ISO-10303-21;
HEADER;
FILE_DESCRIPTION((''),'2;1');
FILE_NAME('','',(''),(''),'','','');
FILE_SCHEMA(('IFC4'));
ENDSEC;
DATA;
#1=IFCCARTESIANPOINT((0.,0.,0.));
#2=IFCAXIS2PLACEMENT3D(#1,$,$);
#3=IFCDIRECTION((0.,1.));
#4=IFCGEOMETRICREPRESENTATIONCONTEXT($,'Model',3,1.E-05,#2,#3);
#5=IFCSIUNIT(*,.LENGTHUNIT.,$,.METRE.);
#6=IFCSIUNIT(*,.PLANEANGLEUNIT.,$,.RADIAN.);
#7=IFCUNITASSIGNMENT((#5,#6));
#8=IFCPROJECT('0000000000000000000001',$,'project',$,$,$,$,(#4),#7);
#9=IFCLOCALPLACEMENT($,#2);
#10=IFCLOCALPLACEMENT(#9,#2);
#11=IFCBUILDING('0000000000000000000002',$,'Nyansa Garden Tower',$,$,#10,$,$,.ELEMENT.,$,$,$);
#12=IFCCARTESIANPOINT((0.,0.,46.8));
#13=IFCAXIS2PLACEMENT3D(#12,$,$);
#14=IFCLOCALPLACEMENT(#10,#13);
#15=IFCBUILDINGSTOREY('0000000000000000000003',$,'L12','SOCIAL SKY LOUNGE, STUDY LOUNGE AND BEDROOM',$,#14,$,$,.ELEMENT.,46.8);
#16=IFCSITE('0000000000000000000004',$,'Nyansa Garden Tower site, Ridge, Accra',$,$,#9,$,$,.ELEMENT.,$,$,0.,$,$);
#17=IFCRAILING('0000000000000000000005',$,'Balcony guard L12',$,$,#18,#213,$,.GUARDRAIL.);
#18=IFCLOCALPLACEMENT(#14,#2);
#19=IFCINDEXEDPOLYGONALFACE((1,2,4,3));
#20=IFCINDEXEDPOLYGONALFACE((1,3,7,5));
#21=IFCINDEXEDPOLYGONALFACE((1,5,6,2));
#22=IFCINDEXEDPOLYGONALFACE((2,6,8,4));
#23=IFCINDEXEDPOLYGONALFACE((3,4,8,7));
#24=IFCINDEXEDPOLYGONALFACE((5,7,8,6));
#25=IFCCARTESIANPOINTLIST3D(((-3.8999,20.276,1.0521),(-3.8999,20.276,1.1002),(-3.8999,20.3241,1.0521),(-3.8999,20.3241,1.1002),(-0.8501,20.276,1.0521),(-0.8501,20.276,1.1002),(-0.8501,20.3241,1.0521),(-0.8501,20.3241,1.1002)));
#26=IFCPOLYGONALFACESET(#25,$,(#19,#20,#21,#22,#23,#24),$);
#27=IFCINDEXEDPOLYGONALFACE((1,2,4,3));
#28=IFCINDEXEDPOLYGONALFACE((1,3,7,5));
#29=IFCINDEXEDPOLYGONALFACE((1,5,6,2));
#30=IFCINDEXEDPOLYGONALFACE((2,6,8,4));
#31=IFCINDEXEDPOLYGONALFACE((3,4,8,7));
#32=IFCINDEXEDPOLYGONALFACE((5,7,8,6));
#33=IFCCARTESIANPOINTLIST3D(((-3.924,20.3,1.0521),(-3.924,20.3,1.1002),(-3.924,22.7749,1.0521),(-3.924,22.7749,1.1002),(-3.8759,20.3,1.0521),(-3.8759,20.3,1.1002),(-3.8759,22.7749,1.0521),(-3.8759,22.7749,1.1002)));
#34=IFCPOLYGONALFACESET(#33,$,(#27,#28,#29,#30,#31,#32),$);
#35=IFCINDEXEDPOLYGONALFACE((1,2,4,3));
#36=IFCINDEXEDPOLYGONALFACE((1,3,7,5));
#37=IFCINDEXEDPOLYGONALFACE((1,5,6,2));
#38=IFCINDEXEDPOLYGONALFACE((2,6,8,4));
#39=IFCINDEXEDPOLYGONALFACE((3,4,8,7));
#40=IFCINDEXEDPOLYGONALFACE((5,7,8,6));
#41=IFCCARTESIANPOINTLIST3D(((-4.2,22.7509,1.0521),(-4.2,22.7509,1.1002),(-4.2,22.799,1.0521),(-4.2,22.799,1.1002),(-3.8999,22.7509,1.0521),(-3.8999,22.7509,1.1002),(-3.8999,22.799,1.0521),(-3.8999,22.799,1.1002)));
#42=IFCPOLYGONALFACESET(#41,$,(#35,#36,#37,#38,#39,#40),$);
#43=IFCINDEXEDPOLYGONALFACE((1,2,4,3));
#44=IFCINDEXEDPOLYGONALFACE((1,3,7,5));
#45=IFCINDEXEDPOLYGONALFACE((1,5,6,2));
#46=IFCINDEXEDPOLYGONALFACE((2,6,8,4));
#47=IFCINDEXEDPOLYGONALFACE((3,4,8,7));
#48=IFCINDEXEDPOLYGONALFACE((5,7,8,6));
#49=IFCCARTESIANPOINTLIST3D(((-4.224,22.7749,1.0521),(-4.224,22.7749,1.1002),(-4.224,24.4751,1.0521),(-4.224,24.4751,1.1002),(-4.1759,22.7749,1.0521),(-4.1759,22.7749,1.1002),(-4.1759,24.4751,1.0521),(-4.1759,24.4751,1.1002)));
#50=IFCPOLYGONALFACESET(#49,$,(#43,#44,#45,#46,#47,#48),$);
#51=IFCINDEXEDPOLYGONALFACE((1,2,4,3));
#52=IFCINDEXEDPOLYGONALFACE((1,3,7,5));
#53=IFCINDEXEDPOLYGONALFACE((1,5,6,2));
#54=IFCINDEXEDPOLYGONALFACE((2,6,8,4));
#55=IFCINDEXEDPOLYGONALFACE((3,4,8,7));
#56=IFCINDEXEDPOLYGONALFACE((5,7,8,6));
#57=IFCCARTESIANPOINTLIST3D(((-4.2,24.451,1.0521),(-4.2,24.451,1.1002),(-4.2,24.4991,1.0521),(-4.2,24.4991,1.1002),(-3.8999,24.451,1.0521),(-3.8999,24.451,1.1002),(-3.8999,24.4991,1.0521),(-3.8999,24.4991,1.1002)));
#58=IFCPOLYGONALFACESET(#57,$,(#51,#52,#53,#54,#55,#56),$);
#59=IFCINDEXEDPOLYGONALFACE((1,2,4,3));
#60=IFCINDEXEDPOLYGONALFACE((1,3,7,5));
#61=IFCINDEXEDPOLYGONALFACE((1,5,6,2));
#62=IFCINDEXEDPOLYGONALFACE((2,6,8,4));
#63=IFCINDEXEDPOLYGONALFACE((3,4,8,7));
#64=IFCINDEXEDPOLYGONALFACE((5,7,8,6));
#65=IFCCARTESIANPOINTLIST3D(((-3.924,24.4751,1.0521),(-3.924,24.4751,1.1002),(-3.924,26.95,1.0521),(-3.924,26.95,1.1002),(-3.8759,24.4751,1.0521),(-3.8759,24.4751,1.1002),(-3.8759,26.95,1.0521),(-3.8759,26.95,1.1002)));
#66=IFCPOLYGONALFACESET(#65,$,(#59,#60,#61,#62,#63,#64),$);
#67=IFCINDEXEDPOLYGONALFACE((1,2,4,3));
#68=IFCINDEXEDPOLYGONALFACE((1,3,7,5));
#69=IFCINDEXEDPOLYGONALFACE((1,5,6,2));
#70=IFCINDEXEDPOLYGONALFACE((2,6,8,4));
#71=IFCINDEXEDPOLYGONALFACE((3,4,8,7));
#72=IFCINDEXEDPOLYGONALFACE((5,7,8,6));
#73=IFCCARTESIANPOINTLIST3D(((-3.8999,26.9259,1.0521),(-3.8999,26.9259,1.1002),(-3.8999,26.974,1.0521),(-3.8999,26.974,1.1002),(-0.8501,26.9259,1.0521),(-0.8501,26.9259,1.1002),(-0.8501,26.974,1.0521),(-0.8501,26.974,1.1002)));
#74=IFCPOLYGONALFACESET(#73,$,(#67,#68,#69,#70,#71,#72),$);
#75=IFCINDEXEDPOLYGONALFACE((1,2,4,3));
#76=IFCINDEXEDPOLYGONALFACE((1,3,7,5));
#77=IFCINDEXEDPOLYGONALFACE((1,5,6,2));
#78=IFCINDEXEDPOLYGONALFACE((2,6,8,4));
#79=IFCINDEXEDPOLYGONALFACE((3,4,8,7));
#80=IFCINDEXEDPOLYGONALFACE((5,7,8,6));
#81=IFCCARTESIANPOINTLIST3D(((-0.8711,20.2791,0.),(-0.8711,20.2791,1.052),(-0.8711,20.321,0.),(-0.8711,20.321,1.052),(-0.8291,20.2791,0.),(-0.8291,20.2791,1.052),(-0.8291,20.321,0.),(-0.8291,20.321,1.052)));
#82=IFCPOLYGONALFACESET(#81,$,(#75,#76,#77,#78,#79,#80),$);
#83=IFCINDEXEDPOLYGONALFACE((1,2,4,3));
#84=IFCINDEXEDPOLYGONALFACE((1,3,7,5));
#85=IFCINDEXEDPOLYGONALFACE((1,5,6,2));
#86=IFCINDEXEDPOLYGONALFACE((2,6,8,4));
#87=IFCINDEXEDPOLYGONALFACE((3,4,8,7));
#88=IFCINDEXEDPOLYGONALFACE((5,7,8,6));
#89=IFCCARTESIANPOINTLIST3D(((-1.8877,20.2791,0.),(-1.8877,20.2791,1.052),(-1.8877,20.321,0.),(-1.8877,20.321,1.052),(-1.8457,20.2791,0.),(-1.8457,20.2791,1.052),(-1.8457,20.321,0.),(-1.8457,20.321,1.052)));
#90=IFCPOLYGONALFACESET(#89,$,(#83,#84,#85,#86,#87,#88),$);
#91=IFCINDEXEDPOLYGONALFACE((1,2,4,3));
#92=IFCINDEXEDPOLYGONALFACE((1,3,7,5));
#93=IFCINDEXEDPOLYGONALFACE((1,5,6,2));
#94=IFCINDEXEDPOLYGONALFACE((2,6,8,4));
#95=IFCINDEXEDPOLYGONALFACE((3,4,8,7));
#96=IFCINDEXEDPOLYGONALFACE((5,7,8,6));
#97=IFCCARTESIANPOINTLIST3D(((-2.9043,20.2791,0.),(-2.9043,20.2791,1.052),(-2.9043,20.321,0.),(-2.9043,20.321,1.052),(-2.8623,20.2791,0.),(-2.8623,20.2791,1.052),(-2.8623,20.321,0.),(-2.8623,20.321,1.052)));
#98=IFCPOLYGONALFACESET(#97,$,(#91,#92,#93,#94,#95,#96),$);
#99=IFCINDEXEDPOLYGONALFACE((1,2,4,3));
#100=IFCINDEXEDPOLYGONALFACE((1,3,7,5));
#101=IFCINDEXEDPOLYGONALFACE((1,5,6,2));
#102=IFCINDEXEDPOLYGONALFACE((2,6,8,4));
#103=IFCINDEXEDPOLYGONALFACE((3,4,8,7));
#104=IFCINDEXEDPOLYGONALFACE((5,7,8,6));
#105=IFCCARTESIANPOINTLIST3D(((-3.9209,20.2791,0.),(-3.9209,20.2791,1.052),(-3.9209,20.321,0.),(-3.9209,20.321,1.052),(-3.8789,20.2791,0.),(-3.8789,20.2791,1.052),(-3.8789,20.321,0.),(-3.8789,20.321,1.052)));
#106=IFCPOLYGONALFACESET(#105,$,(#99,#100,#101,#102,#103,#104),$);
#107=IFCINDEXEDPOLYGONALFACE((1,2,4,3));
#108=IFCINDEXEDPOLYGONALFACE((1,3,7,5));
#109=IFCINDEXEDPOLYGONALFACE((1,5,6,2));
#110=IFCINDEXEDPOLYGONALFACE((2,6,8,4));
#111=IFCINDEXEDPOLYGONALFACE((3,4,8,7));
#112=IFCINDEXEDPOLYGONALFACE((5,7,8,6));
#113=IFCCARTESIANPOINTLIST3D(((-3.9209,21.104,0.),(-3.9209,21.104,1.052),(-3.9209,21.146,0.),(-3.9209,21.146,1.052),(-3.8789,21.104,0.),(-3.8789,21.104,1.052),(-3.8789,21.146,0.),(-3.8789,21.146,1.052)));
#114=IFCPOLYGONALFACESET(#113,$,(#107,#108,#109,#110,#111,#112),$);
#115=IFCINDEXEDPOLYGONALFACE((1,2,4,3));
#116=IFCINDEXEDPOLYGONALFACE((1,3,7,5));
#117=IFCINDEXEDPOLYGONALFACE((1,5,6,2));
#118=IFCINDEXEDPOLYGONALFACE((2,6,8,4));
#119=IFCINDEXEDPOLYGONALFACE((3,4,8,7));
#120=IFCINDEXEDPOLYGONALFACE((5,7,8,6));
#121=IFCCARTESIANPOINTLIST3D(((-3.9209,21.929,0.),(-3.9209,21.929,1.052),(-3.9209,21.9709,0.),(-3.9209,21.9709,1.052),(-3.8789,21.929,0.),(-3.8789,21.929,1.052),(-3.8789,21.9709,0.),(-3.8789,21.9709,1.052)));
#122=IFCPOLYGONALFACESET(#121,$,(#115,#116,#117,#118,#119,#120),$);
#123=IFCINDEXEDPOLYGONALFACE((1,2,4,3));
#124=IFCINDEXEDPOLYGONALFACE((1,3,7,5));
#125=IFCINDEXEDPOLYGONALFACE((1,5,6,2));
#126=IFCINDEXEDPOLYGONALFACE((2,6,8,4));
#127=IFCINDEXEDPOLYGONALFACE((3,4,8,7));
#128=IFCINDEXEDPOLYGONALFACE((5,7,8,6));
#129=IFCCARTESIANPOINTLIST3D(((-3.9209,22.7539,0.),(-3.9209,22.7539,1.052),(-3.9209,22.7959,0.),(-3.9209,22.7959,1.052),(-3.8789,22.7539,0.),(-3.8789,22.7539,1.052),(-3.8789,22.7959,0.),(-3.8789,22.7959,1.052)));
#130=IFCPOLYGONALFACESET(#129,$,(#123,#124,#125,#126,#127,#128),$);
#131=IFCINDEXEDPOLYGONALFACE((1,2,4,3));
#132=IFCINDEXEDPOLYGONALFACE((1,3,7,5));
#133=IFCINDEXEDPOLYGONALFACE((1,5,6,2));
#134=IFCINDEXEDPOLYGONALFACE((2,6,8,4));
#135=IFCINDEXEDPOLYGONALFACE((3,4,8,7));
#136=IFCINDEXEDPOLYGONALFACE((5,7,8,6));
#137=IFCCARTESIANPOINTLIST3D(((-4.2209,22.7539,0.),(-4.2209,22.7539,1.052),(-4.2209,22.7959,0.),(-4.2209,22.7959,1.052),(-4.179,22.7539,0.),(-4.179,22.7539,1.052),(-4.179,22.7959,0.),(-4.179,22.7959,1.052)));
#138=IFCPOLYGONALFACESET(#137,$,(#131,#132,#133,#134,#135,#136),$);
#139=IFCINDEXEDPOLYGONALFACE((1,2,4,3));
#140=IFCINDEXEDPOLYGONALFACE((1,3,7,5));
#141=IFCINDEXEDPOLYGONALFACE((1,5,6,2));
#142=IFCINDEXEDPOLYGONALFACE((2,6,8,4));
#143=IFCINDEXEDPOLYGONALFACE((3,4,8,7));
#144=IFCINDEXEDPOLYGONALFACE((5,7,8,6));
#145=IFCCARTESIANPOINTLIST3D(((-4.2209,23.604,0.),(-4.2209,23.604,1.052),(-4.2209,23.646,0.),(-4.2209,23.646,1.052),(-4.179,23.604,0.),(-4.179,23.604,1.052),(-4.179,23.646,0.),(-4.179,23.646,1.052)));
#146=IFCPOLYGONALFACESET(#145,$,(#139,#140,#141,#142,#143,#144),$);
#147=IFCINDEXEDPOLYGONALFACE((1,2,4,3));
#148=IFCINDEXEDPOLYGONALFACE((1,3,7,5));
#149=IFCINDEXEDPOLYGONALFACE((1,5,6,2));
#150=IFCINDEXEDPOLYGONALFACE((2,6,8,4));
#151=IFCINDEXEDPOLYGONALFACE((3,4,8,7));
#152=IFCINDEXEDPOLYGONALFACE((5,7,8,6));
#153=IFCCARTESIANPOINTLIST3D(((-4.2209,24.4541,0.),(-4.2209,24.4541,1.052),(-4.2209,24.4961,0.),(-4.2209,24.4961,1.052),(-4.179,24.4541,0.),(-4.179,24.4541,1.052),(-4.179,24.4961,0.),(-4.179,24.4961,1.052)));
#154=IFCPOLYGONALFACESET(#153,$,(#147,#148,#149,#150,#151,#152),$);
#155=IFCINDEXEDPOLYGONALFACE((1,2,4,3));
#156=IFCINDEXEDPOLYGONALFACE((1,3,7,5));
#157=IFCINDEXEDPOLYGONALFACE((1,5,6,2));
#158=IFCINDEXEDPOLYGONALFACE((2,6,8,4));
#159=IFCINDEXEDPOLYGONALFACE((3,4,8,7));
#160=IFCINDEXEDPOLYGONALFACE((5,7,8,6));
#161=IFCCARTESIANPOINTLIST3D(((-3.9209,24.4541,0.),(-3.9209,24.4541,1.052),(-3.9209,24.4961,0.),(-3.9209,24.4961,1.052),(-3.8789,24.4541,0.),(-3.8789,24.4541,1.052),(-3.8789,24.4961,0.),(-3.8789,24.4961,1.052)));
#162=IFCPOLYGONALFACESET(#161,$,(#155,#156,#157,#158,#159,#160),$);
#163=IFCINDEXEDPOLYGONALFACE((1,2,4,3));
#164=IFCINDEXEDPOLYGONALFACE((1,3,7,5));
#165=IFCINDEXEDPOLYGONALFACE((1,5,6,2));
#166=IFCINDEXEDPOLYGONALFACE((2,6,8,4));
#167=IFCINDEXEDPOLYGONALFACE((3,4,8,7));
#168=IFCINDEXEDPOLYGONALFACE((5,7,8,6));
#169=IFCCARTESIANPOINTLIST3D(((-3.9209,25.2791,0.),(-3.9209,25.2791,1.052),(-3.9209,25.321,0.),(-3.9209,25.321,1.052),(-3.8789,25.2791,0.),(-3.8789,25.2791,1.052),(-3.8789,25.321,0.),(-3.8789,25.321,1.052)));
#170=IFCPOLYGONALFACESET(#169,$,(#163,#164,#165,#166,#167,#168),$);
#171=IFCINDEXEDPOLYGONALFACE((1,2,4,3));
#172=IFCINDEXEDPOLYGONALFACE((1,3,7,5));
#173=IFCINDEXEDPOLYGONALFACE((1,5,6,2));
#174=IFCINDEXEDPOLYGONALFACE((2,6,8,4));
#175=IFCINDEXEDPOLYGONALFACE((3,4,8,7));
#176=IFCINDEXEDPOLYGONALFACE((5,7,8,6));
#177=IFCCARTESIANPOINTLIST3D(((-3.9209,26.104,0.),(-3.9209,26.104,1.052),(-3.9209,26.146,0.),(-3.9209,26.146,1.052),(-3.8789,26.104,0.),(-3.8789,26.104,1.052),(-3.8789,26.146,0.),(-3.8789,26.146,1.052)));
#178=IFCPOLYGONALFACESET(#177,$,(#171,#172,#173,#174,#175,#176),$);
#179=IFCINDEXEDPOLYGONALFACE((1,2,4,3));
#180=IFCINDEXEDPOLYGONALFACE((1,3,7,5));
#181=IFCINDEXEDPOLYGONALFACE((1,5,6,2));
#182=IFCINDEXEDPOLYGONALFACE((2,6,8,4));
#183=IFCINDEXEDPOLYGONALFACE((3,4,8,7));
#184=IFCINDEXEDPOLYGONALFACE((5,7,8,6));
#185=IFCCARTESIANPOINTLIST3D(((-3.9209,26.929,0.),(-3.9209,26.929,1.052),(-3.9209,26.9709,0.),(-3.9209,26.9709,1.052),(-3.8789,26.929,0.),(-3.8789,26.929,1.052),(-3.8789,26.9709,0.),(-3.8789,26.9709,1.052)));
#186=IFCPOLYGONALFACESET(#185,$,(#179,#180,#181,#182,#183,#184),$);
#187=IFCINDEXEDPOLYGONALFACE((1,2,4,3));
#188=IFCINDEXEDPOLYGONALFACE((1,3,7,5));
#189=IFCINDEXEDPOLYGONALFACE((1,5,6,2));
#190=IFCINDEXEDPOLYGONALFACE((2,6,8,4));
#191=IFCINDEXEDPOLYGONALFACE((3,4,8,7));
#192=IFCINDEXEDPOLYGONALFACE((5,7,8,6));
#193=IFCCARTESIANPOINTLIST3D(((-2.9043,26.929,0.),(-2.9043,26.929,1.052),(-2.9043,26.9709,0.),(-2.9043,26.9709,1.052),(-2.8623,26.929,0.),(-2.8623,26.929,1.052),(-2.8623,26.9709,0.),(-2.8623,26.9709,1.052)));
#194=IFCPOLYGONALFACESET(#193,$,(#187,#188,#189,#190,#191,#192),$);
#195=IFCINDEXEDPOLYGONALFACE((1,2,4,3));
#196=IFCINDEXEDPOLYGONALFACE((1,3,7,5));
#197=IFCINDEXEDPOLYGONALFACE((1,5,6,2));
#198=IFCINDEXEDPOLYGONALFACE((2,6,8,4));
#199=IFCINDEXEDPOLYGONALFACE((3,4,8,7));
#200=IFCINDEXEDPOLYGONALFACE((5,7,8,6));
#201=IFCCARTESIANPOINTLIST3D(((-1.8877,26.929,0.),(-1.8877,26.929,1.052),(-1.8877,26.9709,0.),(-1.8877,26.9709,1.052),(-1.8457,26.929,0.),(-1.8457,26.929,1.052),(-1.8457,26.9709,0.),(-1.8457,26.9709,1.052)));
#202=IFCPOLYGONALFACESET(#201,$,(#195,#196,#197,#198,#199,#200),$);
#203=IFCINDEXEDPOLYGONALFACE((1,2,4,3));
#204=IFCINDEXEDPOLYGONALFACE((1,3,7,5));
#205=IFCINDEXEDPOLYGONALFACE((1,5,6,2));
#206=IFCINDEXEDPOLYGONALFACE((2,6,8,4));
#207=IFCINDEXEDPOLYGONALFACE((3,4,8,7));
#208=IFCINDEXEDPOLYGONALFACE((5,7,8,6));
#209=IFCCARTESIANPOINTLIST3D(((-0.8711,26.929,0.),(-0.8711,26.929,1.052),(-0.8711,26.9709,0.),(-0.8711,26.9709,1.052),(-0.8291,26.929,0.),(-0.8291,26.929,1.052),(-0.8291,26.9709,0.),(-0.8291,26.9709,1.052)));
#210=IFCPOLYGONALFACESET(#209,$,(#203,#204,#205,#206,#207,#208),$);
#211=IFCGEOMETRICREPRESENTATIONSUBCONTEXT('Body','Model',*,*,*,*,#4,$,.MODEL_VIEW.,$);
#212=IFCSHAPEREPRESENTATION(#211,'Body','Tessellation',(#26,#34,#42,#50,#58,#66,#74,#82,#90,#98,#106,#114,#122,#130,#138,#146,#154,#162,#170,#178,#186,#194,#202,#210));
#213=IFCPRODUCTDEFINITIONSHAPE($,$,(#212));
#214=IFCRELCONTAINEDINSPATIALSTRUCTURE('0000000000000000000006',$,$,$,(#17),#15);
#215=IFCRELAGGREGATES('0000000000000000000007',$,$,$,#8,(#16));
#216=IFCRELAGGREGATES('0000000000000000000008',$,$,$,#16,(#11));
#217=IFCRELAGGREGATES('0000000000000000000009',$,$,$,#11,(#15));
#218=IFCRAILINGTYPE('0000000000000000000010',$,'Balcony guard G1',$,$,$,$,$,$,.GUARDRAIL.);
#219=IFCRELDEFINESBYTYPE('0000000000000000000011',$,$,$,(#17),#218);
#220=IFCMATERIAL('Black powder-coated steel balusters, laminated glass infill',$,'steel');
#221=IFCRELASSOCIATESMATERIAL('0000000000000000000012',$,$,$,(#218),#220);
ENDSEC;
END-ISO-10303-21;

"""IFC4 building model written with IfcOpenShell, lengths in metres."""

from ifc_helpers import new_model, si_unit, direction, frame, origin, origin_2d, place, context, subcontext, project, spatial, rectangle, extrude, material, type_object, element, save


model = new_model("IFC4")

# Units and contexts
model_context = context("Model", 3, precision=1e-05, world=origin(), true_north=direction((0.0, 1.0)))
body_context = subcontext(model_context, "Body", "Model", "MODEL_VIEW")
ifc_project = project(units=[si_unit("LENGTHUNIT", "METRE"), si_unit("PLANEANGLEUNIT", "RADIAN")], contexts=[model_context])

# Site, building, storey
site_placement = place(None, origin())
site = spatial("IfcSite", under=ifc_project, at=site_placement, Name="Nyansa Garden Tower site, Ridge, Accra", CompositionType="ELEMENT", RefElevation=0.0)
building_placement = place(site_placement, origin())
building = spatial("IfcBuilding", under=site, at=building_placement, Name="Nyansa Garden Tower", CompositionType="ELEMENT")
storey_placement = place(building_placement, frame((0.0, 0.0, 46.8)))
storey = spatial("IfcBuildingStorey", under=building, at=storey_placement, Name="L12", Description="SOCIAL SKY LOUNGE, STUDY LOUNGE AND BEDROOM", CompositionType="ELEMENT", Elevation=46.8)

# Railing
ifc_material_1 = material(Name="Black powder-coated steel balusters, laminated glass infill", Category="steel")
railing_type = type_object("IfcRailingType", Name="Balcony guard G1", PredefinedType="GUARDRAIL", material=ifc_material_1)
railing_1_placement = place(storey_placement, frame((-0.8501, 20.3, 0.0)))
element("IfcRailing", 1, at=railing_1_placement, inside=storey, type_object=railing_type, Name="Balcony guard L12", PredefinedType="GUARDRAIL", context=body_context, shape_type="SweptSolid", body=[
    extrude(rectangle(XDim=0.0481, YDim=0.0481, at=origin_2d()), frame((0.0, 0.0, 1.0762), z_axis=(-1.0, 0.0, 0.0), x_axis=(0.0, -1.0, 0.0)), (0.0, 0.0, 1.0), 3.0498),
    extrude(rectangle(XDim=0.0481, YDim=0.0481, at=origin_2d()), frame((-3.0498, 0.0, 1.0762), z_axis=(0.0, 1.0, 0.0), x_axis=(-1.0, 0.0, 0.0)), (0.0, 0.0, 1.0), 2.4749),
    extrude(rectangle(XDim=0.0481, YDim=0.0481, at=origin_2d()), frame((-3.0498, 2.4749, 1.0762), z_axis=(-1.0, 0.0, 0.0), x_axis=(0.0, -1.0, 0.0)), (0.0, 0.0, 1.0), 0.3),
    extrude(rectangle(XDim=0.0481, YDim=0.0481, at=origin_2d()), frame((-3.3499, 2.4749, 1.0762), z_axis=(0.0, 1.0, 0.0), x_axis=(-1.0, 0.0, 0.0)), (0.0, 0.0, 1.0), 1.7002),
    extrude(rectangle(XDim=0.0481, YDim=0.0481, at=origin_2d()), frame((-3.3499, 4.175, 1.0762), z_axis=(1.0, 0.0, 0.0), x_axis=(0.0, 1.0, 0.0)), (0.0, 0.0, 1.0), 0.3),
    extrude(rectangle(XDim=0.0481, YDim=0.0481, at=origin_2d()), frame((-3.0498, 4.175, 1.0762), z_axis=(0.0, 1.0, 0.0), x_axis=(-1.0, 0.0, 0.0)), (0.0, 0.0, 1.0), 2.4749),
    extrude(rectangle(XDim=0.0481, YDim=0.0481, at=origin_2d()), frame((-3.0498, 6.6499, 1.0762), z_axis=(1.0, 0.0, 0.0), x_axis=(0.0, 1.0, 0.0)), (0.0, 0.0, 1.0), 3.0498),
    extrude(rectangle(XDim=0.042, YDim=0.042, at=origin_2d()), origin(), (0.0, 0.0, 1.0), 1.052),
    extrude(rectangle(XDim=0.042, YDim=0.042, at=origin_2d()), frame((-1.0166, 0.0, 0.0)), (0.0, 0.0, 1.0), 1.052),
    extrude(rectangle(XDim=0.042, YDim=0.042, at=origin_2d()), frame((-2.0332, 0.0, 0.0)), (0.0, 0.0, 1.0), 1.052),
    extrude(rectangle(XDim=0.042, YDim=0.042, at=origin_2d()), frame((-3.0498, 0.0, 0.0)), (0.0, 0.0, 1.0), 1.052),
    extrude(rectangle(XDim=0.042, YDim=0.042, at=origin_2d()), frame((-3.0498, 0.825, 0.0)), (0.0, 0.0, 1.0), 1.052),
    extrude(rectangle(XDim=0.042, YDim=0.042, at=origin_2d()), frame((-3.0498, 1.6499, 0.0)), (0.0, 0.0, 1.0), 1.052),
    extrude(rectangle(XDim=0.042, YDim=0.042, at=origin_2d()), frame((-3.0498, 2.4749, 0.0)), (0.0, 0.0, 1.0), 1.052),
    extrude(rectangle(XDim=0.042, YDim=0.042, at=origin_2d()), frame((-3.3499, 2.4749, 0.0)), (0.0, 0.0, 1.0), 1.052),
    extrude(rectangle(XDim=0.042, YDim=0.042, at=origin_2d()), frame((-3.3499, 3.325, 0.0)), (0.0, 0.0, 1.0), 1.052),
    extrude(rectangle(XDim=0.042, YDim=0.042, at=origin_2d()), frame((-3.3499, 4.175, 0.0)), (0.0, 0.0, 1.0), 1.052),
    extrude(rectangle(XDim=0.042, YDim=0.042, at=origin_2d()), frame((-3.0498, 4.175, 0.0)), (0.0, 0.0, 1.0), 1.052),
    extrude(rectangle(XDim=0.042, YDim=0.042, at=origin_2d()), frame((-3.0498, 5.0, 0.0)), (0.0, 0.0, 1.0), 1.052),
    extrude(rectangle(XDim=0.042, YDim=0.042, at=origin_2d()), frame((-3.0498, 5.825, 0.0)), (0.0, 0.0, 1.0), 1.052),
    extrude(rectangle(XDim=0.042, YDim=0.042, at=origin_2d()), frame((-3.0498, 6.6499, 0.0)), (0.0, 0.0, 1.0), 1.052),
    extrude(rectangle(XDim=0.042, YDim=0.042, at=origin_2d()), frame((-2.0332, 6.6499, 0.0)), (0.0, 0.0, 1.0), 1.052),
    extrude(rectangle(XDim=0.042, YDim=0.042, at=origin_2d()), frame((-1.0166, 6.6499, 0.0)), (0.0, 0.0, 1.0), 1.052),
    extrude(rectangle(XDim=0.042, YDim=0.042, at=origin_2d()), frame((0.0, 6.6499, 0.0)), (0.0, 0.0, 1.0), 1.052),
])

save(model, "model.ifc")
